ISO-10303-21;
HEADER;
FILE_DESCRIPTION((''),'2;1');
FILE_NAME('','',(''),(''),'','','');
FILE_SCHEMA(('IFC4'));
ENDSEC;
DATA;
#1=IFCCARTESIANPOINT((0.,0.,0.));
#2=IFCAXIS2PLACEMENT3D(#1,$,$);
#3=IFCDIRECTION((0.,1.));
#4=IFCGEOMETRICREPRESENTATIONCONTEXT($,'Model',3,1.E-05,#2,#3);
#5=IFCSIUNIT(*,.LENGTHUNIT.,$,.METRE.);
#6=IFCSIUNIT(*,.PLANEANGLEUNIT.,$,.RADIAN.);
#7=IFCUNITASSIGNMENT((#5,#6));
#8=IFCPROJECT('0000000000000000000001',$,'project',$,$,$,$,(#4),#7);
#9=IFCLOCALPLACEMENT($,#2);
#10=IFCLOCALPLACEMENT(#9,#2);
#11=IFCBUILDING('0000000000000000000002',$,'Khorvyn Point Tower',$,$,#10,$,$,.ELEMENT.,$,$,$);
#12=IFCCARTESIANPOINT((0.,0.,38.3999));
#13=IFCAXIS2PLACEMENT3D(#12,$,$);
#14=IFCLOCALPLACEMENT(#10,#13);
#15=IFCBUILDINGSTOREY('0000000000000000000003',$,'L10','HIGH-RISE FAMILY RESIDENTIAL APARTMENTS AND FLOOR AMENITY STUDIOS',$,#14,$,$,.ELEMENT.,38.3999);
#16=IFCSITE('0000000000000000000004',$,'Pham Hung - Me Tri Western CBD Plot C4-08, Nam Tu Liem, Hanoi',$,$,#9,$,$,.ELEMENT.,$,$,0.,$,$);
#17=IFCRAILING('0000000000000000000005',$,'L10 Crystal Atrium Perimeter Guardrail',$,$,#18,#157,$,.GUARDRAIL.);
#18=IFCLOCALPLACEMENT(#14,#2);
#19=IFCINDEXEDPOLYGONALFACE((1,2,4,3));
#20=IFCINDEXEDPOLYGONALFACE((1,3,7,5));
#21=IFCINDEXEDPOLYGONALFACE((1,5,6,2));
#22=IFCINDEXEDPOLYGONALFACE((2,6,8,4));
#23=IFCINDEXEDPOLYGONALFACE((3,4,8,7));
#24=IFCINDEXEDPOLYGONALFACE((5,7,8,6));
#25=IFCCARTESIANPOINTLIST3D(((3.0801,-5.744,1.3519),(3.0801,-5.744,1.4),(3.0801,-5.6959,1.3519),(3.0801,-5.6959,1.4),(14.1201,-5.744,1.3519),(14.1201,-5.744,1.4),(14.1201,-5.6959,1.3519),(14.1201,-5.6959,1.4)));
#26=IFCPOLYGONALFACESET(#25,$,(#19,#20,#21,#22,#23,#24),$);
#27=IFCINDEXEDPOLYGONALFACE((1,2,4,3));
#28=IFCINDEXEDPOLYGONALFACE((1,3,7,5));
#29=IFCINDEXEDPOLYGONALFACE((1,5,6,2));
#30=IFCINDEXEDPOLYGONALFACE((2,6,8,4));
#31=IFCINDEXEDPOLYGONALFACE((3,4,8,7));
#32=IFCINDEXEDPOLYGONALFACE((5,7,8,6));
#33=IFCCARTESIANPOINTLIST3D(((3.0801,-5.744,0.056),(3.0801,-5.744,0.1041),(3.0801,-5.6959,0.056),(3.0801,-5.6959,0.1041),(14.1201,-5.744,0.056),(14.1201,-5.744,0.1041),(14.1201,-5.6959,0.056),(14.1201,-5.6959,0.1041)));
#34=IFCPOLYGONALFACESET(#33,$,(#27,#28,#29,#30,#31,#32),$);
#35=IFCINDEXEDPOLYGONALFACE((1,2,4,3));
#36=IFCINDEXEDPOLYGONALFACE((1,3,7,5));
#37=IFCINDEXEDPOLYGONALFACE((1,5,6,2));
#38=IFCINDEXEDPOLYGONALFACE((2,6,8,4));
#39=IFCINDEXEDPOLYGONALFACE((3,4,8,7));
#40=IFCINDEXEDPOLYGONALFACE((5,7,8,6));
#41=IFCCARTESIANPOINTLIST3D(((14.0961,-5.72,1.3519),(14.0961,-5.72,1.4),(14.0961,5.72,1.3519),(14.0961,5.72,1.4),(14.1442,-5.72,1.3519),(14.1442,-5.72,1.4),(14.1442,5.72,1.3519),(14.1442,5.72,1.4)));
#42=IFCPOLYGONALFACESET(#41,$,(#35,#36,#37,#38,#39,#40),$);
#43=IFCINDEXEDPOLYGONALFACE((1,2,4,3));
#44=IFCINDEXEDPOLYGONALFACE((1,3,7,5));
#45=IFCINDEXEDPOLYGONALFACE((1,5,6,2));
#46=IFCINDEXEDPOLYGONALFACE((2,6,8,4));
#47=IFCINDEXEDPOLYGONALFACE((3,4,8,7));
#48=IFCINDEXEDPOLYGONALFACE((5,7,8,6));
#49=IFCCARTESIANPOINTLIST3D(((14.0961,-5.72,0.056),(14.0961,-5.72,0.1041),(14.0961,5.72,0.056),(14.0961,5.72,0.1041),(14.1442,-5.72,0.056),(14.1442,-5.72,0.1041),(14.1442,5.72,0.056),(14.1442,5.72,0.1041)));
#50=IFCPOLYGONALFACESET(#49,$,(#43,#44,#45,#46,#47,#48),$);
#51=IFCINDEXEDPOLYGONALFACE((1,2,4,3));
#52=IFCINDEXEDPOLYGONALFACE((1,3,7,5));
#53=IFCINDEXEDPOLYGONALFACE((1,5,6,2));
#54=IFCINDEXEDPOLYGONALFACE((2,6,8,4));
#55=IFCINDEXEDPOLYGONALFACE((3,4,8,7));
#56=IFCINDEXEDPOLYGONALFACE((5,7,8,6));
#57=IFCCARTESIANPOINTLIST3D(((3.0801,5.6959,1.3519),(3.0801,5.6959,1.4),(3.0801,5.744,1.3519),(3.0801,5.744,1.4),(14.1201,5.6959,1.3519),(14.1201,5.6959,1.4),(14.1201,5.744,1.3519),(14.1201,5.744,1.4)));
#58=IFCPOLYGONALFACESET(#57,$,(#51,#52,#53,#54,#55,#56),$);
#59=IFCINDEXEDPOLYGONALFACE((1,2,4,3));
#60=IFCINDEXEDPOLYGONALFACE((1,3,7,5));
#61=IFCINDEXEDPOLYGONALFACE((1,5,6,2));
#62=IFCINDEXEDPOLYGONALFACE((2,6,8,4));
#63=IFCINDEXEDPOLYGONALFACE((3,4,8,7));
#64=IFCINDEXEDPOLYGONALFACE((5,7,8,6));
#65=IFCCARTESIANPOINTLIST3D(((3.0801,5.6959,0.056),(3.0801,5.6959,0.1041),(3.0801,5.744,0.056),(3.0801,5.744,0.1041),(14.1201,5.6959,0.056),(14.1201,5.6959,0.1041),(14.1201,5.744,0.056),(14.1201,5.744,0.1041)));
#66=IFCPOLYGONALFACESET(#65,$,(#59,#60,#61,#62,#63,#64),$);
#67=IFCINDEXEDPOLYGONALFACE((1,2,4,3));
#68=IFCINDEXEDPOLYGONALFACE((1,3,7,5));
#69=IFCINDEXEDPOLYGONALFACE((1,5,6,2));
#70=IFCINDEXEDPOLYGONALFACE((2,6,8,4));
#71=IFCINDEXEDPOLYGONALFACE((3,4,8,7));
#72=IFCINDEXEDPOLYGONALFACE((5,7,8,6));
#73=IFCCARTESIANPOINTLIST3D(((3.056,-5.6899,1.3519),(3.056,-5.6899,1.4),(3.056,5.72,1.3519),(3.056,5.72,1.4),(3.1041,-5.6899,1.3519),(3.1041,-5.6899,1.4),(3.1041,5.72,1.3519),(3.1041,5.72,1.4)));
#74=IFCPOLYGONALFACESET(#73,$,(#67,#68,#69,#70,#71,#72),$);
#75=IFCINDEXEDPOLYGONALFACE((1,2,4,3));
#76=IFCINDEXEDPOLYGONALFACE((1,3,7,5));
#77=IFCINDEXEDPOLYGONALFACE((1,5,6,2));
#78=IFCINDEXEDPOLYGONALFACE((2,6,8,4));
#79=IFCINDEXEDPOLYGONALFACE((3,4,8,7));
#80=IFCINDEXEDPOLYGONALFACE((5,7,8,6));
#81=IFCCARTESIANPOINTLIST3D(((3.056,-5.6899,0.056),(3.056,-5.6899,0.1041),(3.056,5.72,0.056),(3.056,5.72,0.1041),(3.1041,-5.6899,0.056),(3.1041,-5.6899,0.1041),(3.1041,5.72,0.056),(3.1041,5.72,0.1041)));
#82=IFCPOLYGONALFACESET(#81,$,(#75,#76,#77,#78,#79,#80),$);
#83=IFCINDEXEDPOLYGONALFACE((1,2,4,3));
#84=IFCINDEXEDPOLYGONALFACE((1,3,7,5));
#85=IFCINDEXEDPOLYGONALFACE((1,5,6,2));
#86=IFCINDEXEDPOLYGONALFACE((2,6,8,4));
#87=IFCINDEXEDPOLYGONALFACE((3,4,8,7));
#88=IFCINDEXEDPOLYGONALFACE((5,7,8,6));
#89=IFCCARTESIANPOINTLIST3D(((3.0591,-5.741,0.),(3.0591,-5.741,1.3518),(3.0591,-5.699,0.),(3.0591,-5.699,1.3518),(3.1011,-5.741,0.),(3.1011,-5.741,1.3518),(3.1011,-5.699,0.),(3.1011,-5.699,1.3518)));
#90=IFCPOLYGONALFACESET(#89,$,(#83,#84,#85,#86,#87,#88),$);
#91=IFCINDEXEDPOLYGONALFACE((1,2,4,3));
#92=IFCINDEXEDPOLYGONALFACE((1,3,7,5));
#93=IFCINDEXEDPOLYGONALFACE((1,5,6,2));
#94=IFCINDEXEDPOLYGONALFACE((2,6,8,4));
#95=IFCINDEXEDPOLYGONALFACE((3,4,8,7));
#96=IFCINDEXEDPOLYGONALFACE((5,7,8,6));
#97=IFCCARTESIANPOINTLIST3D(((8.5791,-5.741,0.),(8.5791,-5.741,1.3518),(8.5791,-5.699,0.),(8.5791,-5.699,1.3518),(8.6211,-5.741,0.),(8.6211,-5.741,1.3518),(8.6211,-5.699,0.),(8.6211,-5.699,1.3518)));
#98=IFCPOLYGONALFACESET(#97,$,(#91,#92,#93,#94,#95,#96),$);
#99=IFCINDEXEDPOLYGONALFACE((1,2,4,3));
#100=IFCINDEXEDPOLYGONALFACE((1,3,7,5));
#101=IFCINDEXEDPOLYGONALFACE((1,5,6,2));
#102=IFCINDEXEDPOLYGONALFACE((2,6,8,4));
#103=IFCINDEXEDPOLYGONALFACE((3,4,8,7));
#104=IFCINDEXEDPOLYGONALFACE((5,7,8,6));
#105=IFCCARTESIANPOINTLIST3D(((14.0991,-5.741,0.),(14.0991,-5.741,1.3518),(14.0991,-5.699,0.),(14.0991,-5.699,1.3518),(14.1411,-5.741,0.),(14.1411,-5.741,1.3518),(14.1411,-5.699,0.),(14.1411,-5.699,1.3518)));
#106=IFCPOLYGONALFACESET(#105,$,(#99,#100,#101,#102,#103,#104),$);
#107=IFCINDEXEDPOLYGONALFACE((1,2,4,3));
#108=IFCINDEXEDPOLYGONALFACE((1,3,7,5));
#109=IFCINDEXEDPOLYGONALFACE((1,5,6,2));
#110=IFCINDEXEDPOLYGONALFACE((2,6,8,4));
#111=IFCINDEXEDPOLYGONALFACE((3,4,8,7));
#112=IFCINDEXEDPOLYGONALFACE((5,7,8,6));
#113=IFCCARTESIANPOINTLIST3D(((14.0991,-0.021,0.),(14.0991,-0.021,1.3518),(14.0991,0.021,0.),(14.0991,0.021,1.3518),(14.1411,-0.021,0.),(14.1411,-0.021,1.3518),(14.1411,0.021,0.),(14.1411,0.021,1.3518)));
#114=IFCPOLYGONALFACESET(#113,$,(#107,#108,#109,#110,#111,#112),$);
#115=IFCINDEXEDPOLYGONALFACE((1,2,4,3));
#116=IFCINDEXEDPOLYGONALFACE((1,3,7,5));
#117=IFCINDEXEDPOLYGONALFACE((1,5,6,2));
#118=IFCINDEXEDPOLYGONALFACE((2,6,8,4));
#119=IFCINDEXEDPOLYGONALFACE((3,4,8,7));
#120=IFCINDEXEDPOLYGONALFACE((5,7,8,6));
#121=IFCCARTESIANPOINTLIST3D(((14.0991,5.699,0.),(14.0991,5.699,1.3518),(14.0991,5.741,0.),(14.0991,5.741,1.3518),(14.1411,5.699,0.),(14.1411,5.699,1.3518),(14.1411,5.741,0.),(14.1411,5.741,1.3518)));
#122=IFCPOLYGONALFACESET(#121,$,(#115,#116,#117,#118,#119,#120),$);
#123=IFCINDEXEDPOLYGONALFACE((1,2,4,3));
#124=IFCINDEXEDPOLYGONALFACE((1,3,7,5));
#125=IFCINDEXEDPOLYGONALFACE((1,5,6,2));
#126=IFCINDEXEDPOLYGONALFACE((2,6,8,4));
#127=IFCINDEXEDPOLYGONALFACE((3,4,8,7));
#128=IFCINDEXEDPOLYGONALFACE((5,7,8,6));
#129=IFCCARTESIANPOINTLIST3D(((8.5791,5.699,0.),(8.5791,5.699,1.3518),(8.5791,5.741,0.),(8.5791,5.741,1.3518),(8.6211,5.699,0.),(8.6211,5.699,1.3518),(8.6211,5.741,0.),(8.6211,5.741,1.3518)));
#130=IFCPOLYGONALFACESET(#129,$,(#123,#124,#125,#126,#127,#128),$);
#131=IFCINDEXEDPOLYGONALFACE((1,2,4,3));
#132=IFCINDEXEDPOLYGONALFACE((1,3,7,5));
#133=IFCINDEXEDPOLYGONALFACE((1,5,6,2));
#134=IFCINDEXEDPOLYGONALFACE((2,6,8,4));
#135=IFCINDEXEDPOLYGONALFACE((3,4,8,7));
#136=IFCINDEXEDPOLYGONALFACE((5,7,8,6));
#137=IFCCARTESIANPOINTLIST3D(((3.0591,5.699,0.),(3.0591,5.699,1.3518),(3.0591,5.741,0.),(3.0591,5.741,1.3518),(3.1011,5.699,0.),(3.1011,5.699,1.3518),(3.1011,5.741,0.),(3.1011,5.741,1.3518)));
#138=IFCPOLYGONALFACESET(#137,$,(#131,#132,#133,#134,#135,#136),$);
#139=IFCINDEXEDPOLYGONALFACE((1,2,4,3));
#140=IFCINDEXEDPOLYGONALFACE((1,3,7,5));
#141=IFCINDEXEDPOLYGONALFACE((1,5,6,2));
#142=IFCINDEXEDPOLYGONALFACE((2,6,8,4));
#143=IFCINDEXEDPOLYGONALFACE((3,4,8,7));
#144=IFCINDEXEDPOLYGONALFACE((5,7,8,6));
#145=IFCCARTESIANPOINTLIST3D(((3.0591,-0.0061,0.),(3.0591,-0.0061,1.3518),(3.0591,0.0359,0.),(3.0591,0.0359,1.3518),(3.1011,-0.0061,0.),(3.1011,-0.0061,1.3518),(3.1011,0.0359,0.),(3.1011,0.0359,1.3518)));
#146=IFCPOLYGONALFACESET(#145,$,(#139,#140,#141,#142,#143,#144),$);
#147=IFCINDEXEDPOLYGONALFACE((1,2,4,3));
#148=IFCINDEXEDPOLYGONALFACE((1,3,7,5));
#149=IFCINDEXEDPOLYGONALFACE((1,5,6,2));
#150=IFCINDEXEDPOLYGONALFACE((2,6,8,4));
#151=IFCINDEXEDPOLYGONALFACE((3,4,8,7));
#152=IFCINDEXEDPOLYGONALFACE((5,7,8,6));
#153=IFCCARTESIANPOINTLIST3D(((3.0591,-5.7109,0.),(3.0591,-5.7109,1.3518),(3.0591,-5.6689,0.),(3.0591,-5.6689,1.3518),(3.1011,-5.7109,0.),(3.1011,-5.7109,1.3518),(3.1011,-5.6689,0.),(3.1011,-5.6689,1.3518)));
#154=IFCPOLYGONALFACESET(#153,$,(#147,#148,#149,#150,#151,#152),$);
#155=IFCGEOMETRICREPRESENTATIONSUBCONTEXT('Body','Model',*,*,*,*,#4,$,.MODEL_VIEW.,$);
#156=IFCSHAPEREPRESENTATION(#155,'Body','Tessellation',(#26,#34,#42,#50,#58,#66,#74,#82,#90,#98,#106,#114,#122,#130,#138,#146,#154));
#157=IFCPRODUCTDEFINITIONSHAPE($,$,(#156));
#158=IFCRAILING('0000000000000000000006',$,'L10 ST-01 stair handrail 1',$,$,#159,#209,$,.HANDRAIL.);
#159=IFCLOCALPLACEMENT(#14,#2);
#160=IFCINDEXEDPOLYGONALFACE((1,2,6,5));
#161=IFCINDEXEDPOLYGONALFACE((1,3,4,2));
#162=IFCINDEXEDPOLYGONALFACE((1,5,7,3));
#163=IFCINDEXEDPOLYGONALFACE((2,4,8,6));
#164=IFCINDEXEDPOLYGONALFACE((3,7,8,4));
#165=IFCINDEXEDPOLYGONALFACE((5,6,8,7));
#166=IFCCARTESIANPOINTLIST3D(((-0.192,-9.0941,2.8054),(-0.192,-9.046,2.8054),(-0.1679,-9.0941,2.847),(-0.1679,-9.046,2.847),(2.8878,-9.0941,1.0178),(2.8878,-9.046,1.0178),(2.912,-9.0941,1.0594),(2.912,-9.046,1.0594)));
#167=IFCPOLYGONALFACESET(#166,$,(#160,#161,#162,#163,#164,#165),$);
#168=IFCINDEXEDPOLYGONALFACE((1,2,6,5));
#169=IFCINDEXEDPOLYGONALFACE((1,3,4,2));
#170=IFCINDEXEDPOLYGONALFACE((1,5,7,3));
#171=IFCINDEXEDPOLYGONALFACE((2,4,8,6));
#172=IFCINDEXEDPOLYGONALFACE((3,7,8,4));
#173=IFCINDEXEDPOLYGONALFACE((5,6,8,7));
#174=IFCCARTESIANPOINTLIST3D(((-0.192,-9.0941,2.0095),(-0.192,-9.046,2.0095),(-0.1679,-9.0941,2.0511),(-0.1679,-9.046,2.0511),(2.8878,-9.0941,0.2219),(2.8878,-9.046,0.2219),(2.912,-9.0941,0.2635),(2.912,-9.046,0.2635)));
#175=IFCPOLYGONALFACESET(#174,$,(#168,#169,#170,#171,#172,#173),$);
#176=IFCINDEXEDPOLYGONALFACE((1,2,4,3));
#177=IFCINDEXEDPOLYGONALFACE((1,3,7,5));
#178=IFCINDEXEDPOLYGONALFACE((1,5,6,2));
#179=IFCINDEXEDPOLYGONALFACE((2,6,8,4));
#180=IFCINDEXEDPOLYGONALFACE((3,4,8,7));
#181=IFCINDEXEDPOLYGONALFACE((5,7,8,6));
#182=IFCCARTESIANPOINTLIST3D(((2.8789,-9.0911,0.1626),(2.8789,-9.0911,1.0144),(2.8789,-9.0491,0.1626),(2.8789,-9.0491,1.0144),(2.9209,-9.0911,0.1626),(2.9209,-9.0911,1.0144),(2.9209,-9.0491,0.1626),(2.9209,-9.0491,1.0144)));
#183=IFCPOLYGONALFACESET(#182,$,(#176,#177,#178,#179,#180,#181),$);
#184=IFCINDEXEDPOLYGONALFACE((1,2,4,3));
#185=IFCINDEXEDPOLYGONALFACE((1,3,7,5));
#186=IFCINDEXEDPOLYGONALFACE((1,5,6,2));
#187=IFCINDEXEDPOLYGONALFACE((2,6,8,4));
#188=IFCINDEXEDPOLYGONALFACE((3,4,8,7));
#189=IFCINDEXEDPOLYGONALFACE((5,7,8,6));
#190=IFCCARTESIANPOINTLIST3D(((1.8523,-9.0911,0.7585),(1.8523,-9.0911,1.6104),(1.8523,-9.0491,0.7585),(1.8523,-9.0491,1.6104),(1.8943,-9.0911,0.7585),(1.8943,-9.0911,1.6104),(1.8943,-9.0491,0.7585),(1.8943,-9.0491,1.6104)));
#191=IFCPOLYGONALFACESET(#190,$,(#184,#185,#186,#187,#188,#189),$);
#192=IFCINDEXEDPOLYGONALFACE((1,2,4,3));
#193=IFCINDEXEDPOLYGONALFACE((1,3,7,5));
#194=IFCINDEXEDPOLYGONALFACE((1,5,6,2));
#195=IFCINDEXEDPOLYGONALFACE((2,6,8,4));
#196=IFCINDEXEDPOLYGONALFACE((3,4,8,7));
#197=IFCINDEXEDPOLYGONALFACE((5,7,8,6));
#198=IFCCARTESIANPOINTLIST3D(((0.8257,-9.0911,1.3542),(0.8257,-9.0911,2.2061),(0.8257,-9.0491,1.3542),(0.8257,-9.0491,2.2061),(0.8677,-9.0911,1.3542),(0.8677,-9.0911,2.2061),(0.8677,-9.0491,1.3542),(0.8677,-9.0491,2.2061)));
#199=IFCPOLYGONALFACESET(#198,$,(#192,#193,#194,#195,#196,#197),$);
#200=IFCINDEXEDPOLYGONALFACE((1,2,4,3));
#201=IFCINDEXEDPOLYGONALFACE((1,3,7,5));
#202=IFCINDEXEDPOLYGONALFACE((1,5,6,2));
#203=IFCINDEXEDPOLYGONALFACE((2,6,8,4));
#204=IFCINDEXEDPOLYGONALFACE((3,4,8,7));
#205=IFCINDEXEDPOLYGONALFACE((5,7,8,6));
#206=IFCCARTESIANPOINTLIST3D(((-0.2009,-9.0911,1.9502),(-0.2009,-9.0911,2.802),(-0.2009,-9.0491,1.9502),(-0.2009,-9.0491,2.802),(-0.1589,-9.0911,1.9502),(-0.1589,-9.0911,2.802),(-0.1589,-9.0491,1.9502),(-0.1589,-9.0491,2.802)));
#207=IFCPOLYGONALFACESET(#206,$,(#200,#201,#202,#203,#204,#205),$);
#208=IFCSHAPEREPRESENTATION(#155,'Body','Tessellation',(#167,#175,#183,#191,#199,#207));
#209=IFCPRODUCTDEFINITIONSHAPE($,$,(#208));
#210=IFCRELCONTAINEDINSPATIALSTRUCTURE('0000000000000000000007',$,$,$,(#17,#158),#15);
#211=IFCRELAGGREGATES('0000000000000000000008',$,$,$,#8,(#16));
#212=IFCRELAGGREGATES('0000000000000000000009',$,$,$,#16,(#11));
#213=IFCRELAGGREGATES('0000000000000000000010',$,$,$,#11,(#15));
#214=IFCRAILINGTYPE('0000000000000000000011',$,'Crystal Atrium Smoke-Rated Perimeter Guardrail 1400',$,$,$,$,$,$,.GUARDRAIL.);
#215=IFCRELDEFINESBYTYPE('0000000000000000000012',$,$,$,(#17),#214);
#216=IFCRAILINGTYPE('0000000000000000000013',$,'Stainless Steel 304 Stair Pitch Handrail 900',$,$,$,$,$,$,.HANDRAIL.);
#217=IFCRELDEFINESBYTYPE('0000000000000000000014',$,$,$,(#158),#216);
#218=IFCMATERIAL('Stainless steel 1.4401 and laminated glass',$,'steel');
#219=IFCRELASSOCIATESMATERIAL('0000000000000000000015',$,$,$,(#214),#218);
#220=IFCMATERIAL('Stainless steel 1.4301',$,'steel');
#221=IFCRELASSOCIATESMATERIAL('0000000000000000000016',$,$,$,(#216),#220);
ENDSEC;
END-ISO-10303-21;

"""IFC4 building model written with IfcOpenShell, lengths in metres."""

from ifc_helpers import new_model, si_unit, direction, frame, origin, origin_2d, place, context, subcontext, project, spatial, rectangle, extrude, material, type_object, element, save


model = new_model("IFC4")

# Units and contexts
model_context = context("Model", 3, precision=1e-05, world=origin(), true_north=direction((0.0, 1.0)))
body_context = subcontext(model_context, "Body", "Model", "MODEL_VIEW")
ifc_project = project(units=[si_unit("LENGTHUNIT", "METRE"), si_unit("PLANEANGLEUNIT", "RADIAN")], contexts=[model_context])

# Site, building, storey
site_placement = place(None, origin())
site = spatial("IfcSite", under=ifc_project, at=site_placement, Name="Pham Hung - Me Tri Western CBD Plot C4-08, Nam Tu Liem, Hanoi", CompositionType="ELEMENT", RefElevation=0.0)
building_placement = place(site_placement, origin())
building = spatial("IfcBuilding", under=site, at=building_placement, Name="Khorvyn Point Tower", CompositionType="ELEMENT")
storey_placement = place(building_placement, frame((0.0, 0.0, 38.3999)))
storey = spatial("IfcBuildingStorey", under=building, at=storey_placement, Name="L10", Description="HIGH-RISE FAMILY RESIDENTIAL APARTMENTS AND FLOOR AMENITY STUDIOS", CompositionType="ELEMENT", Elevation=38.3999)

# Shared definitions
ifc_material_1 = material(Name="Stainless steel 1.4301", Category="steel")

# Railings
ifc_material_2 = material(Name="Stainless steel 1.4401 and laminated glass", Category="steel")
railing_type_1 = type_object("IfcRailingType", Name="Crystal Atrium Smoke-Rated Perimeter Guardrail 1400", PredefinedType="GUARDRAIL", material=ifc_material_2)
railing_1_placement = place(storey_placement, frame((3.0801, -5.72, 0.0)))
element("IfcRailing", 1, at=railing_1_placement, inside=storey, type_object=railing_type_1, Name="L10 Crystal Atrium Perimeter Guardrail", PredefinedType="GUARDRAIL", context=body_context, shape_type="SweptSolid", body=[
    extrude(rectangle(XDim=0.0481, YDim=0.0481, at=origin_2d()), frame((0.0, 0.0, 1.376), z_axis=(1.0, 0.0, 0.0), x_axis=(0.0, 1.0, 0.0)), (0.0, 0.0, 1.0), 11.04),
    extrude(rectangle(XDim=0.0481, YDim=0.0481, at=origin_2d()), frame((0.0, 0.0, 0.0801), z_axis=(1.0, 0.0, 0.0), x_axis=(0.0, 1.0, 0.0)), (0.0, 0.0, 1.0), 11.04),
    extrude(rectangle(XDim=0.0481, YDim=0.0481, at=origin_2d()), frame((11.04, 0.0, 1.376), z_axis=(0.0, 1.0, 0.0), x_axis=(-1.0, 0.0, 0.0)), (0.0, 0.0, 1.0), 11.4399),
    extrude(rectangle(XDim=0.0481, YDim=0.0481, at=origin_2d()), frame((11.04, 0.0, 0.0801), z_axis=(0.0, 1.0, 0.0), x_axis=(-1.0, 0.0, 0.0)), (0.0, 0.0, 1.0), 11.4399),
    extrude(rectangle(XDim=0.0481, YDim=0.0481, at=origin_2d()), frame((11.04, 11.4399, 1.376), z_axis=(-1.0, 0.0, 0.0), x_axis=(0.0, -1.0, 0.0)), (0.0, 0.0, 1.0), 11.04),
    extrude(rectangle(XDim=0.0481, YDim=0.0481, at=origin_2d()), frame((11.04, 11.4399, 0.0801), z_axis=(-1.0, 0.0, 0.0), x_axis=(0.0, -1.0, 0.0)), (0.0, 0.0, 1.0), 11.04),
    extrude(rectangle(XDim=0.0481, YDim=0.0481, at=origin_2d()), frame((0.0, 11.4399, 1.376), z_axis=(0.0, -1.0, 0.0), x_axis=(1.0, 0.0, 0.0)), (0.0, 0.0, 1.0), 11.4099),
    extrude(rectangle(XDim=0.0481, YDim=0.0481, at=origin_2d()), frame((0.0, 11.4399, 0.0801), z_axis=(0.0, -1.0, 0.0), x_axis=(1.0, 0.0, 0.0)), (0.0, 0.0, 1.0), 11.4099),
    extrude(rectangle(XDim=0.042, YDim=0.042, at=origin_2d()), origin(), (0.0, 0.0, 1.0), 1.3518),
    extrude(rectangle(XDim=0.042, YDim=0.042, at=origin_2d()), frame((5.52, 0.0, 0.0)), (0.0, 0.0, 1.0), 1.3518),
    extrude(rectangle(XDim=0.042, YDim=0.042, at=origin_2d()), frame((11.04, 0.0, 0.0)), (0.0, 0.0, 1.0), 1.3518),
    extrude(rectangle(XDim=0.042, YDim=0.042, at=origin_2d()), frame((11.04, 5.72, 0.0)), (0.0, 0.0, 1.0), 1.3518),
    extrude(rectangle(XDim=0.042, YDim=0.042, at=origin_2d()), frame((11.04, 11.4399, 0.0)), (0.0, 0.0, 1.0), 1.3518),
    extrude(rectangle(XDim=0.042, YDim=0.042, at=origin_2d()), frame((5.52, 11.4399, 0.0)), (0.0, 0.0, 1.0), 1.3518),
    extrude(rectangle(XDim=0.042, YDim=0.042, at=origin_2d()), frame((0.0, 11.4399, 0.0)), (0.0, 0.0, 1.0), 1.3518),
    extrude(rectangle(XDim=0.042, YDim=0.042, at=origin_2d()), frame((0.0, 5.7349, 0.0)), (0.0, 0.0, 1.0), 1.3518),
    extrude(rectangle(XDim=0.042, YDim=0.042, at=origin_2d()), frame((0.0, 0.03, 0.0)), (0.0, 0.0, 1.0), 1.3518),
])
railing_type_2 = type_object("IfcRailingType", Name="Stainless Steel 304 Stair Pitch Handrail 900", PredefinedType="HANDRAIL", material=ifc_material_1)
railing_2_placement = place(storey_placement, frame((2.8999, -9.0701, 0.1626)))
element("IfcRailing", 2, at=railing_2_placement, inside=storey, type_object=railing_type_2, Name="L10 ST-01 stair handrail 1", PredefinedType="HANDRAIL", context=body_context, shape_type="SweptSolid", body=[
    extrude(rectangle(XDim=0.0481, YDim=0.0481, at=origin_2d()), frame((0.0, 0.0, 0.876), z_axis=(-0.864873, 0.0, 0.50199), x_axis=(0.0, -1.0, 0.0)), (0.0, 0.0, 1.0), 3.561),
    extrude(rectangle(XDim=0.0481, YDim=0.0481, at=origin_2d()), frame((0.0, 0.0, 0.0801), z_axis=(-0.864873, 0.0, 0.50199), x_axis=(0.0, -1.0, 0.0)), (0.0, 0.0, 1.0), 3.561),
    extrude(rectangle(XDim=0.042, YDim=0.042, at=origin_2d()), origin(), (0.0, 0.0, 1.0), 0.8518),
    extrude(rectangle(XDim=0.042, YDim=0.042, at=origin_2d()), frame((-1.0266, 0.0, 0.5959)), (0.0, 0.0, 1.0), 0.8518),
    extrude(rectangle(XDim=0.042, YDim=0.042, at=origin_2d()), frame((-2.0532, 0.0, 1.1917)), (0.0, 0.0, 1.0), 0.8518),
    extrude(rectangle(XDim=0.042, YDim=0.042, at=origin_2d()), frame((-3.0798, 0.0, 1.7876)), (0.0, 0.0, 1.0), 0.8518),
])

save(model, "model.ifc")
